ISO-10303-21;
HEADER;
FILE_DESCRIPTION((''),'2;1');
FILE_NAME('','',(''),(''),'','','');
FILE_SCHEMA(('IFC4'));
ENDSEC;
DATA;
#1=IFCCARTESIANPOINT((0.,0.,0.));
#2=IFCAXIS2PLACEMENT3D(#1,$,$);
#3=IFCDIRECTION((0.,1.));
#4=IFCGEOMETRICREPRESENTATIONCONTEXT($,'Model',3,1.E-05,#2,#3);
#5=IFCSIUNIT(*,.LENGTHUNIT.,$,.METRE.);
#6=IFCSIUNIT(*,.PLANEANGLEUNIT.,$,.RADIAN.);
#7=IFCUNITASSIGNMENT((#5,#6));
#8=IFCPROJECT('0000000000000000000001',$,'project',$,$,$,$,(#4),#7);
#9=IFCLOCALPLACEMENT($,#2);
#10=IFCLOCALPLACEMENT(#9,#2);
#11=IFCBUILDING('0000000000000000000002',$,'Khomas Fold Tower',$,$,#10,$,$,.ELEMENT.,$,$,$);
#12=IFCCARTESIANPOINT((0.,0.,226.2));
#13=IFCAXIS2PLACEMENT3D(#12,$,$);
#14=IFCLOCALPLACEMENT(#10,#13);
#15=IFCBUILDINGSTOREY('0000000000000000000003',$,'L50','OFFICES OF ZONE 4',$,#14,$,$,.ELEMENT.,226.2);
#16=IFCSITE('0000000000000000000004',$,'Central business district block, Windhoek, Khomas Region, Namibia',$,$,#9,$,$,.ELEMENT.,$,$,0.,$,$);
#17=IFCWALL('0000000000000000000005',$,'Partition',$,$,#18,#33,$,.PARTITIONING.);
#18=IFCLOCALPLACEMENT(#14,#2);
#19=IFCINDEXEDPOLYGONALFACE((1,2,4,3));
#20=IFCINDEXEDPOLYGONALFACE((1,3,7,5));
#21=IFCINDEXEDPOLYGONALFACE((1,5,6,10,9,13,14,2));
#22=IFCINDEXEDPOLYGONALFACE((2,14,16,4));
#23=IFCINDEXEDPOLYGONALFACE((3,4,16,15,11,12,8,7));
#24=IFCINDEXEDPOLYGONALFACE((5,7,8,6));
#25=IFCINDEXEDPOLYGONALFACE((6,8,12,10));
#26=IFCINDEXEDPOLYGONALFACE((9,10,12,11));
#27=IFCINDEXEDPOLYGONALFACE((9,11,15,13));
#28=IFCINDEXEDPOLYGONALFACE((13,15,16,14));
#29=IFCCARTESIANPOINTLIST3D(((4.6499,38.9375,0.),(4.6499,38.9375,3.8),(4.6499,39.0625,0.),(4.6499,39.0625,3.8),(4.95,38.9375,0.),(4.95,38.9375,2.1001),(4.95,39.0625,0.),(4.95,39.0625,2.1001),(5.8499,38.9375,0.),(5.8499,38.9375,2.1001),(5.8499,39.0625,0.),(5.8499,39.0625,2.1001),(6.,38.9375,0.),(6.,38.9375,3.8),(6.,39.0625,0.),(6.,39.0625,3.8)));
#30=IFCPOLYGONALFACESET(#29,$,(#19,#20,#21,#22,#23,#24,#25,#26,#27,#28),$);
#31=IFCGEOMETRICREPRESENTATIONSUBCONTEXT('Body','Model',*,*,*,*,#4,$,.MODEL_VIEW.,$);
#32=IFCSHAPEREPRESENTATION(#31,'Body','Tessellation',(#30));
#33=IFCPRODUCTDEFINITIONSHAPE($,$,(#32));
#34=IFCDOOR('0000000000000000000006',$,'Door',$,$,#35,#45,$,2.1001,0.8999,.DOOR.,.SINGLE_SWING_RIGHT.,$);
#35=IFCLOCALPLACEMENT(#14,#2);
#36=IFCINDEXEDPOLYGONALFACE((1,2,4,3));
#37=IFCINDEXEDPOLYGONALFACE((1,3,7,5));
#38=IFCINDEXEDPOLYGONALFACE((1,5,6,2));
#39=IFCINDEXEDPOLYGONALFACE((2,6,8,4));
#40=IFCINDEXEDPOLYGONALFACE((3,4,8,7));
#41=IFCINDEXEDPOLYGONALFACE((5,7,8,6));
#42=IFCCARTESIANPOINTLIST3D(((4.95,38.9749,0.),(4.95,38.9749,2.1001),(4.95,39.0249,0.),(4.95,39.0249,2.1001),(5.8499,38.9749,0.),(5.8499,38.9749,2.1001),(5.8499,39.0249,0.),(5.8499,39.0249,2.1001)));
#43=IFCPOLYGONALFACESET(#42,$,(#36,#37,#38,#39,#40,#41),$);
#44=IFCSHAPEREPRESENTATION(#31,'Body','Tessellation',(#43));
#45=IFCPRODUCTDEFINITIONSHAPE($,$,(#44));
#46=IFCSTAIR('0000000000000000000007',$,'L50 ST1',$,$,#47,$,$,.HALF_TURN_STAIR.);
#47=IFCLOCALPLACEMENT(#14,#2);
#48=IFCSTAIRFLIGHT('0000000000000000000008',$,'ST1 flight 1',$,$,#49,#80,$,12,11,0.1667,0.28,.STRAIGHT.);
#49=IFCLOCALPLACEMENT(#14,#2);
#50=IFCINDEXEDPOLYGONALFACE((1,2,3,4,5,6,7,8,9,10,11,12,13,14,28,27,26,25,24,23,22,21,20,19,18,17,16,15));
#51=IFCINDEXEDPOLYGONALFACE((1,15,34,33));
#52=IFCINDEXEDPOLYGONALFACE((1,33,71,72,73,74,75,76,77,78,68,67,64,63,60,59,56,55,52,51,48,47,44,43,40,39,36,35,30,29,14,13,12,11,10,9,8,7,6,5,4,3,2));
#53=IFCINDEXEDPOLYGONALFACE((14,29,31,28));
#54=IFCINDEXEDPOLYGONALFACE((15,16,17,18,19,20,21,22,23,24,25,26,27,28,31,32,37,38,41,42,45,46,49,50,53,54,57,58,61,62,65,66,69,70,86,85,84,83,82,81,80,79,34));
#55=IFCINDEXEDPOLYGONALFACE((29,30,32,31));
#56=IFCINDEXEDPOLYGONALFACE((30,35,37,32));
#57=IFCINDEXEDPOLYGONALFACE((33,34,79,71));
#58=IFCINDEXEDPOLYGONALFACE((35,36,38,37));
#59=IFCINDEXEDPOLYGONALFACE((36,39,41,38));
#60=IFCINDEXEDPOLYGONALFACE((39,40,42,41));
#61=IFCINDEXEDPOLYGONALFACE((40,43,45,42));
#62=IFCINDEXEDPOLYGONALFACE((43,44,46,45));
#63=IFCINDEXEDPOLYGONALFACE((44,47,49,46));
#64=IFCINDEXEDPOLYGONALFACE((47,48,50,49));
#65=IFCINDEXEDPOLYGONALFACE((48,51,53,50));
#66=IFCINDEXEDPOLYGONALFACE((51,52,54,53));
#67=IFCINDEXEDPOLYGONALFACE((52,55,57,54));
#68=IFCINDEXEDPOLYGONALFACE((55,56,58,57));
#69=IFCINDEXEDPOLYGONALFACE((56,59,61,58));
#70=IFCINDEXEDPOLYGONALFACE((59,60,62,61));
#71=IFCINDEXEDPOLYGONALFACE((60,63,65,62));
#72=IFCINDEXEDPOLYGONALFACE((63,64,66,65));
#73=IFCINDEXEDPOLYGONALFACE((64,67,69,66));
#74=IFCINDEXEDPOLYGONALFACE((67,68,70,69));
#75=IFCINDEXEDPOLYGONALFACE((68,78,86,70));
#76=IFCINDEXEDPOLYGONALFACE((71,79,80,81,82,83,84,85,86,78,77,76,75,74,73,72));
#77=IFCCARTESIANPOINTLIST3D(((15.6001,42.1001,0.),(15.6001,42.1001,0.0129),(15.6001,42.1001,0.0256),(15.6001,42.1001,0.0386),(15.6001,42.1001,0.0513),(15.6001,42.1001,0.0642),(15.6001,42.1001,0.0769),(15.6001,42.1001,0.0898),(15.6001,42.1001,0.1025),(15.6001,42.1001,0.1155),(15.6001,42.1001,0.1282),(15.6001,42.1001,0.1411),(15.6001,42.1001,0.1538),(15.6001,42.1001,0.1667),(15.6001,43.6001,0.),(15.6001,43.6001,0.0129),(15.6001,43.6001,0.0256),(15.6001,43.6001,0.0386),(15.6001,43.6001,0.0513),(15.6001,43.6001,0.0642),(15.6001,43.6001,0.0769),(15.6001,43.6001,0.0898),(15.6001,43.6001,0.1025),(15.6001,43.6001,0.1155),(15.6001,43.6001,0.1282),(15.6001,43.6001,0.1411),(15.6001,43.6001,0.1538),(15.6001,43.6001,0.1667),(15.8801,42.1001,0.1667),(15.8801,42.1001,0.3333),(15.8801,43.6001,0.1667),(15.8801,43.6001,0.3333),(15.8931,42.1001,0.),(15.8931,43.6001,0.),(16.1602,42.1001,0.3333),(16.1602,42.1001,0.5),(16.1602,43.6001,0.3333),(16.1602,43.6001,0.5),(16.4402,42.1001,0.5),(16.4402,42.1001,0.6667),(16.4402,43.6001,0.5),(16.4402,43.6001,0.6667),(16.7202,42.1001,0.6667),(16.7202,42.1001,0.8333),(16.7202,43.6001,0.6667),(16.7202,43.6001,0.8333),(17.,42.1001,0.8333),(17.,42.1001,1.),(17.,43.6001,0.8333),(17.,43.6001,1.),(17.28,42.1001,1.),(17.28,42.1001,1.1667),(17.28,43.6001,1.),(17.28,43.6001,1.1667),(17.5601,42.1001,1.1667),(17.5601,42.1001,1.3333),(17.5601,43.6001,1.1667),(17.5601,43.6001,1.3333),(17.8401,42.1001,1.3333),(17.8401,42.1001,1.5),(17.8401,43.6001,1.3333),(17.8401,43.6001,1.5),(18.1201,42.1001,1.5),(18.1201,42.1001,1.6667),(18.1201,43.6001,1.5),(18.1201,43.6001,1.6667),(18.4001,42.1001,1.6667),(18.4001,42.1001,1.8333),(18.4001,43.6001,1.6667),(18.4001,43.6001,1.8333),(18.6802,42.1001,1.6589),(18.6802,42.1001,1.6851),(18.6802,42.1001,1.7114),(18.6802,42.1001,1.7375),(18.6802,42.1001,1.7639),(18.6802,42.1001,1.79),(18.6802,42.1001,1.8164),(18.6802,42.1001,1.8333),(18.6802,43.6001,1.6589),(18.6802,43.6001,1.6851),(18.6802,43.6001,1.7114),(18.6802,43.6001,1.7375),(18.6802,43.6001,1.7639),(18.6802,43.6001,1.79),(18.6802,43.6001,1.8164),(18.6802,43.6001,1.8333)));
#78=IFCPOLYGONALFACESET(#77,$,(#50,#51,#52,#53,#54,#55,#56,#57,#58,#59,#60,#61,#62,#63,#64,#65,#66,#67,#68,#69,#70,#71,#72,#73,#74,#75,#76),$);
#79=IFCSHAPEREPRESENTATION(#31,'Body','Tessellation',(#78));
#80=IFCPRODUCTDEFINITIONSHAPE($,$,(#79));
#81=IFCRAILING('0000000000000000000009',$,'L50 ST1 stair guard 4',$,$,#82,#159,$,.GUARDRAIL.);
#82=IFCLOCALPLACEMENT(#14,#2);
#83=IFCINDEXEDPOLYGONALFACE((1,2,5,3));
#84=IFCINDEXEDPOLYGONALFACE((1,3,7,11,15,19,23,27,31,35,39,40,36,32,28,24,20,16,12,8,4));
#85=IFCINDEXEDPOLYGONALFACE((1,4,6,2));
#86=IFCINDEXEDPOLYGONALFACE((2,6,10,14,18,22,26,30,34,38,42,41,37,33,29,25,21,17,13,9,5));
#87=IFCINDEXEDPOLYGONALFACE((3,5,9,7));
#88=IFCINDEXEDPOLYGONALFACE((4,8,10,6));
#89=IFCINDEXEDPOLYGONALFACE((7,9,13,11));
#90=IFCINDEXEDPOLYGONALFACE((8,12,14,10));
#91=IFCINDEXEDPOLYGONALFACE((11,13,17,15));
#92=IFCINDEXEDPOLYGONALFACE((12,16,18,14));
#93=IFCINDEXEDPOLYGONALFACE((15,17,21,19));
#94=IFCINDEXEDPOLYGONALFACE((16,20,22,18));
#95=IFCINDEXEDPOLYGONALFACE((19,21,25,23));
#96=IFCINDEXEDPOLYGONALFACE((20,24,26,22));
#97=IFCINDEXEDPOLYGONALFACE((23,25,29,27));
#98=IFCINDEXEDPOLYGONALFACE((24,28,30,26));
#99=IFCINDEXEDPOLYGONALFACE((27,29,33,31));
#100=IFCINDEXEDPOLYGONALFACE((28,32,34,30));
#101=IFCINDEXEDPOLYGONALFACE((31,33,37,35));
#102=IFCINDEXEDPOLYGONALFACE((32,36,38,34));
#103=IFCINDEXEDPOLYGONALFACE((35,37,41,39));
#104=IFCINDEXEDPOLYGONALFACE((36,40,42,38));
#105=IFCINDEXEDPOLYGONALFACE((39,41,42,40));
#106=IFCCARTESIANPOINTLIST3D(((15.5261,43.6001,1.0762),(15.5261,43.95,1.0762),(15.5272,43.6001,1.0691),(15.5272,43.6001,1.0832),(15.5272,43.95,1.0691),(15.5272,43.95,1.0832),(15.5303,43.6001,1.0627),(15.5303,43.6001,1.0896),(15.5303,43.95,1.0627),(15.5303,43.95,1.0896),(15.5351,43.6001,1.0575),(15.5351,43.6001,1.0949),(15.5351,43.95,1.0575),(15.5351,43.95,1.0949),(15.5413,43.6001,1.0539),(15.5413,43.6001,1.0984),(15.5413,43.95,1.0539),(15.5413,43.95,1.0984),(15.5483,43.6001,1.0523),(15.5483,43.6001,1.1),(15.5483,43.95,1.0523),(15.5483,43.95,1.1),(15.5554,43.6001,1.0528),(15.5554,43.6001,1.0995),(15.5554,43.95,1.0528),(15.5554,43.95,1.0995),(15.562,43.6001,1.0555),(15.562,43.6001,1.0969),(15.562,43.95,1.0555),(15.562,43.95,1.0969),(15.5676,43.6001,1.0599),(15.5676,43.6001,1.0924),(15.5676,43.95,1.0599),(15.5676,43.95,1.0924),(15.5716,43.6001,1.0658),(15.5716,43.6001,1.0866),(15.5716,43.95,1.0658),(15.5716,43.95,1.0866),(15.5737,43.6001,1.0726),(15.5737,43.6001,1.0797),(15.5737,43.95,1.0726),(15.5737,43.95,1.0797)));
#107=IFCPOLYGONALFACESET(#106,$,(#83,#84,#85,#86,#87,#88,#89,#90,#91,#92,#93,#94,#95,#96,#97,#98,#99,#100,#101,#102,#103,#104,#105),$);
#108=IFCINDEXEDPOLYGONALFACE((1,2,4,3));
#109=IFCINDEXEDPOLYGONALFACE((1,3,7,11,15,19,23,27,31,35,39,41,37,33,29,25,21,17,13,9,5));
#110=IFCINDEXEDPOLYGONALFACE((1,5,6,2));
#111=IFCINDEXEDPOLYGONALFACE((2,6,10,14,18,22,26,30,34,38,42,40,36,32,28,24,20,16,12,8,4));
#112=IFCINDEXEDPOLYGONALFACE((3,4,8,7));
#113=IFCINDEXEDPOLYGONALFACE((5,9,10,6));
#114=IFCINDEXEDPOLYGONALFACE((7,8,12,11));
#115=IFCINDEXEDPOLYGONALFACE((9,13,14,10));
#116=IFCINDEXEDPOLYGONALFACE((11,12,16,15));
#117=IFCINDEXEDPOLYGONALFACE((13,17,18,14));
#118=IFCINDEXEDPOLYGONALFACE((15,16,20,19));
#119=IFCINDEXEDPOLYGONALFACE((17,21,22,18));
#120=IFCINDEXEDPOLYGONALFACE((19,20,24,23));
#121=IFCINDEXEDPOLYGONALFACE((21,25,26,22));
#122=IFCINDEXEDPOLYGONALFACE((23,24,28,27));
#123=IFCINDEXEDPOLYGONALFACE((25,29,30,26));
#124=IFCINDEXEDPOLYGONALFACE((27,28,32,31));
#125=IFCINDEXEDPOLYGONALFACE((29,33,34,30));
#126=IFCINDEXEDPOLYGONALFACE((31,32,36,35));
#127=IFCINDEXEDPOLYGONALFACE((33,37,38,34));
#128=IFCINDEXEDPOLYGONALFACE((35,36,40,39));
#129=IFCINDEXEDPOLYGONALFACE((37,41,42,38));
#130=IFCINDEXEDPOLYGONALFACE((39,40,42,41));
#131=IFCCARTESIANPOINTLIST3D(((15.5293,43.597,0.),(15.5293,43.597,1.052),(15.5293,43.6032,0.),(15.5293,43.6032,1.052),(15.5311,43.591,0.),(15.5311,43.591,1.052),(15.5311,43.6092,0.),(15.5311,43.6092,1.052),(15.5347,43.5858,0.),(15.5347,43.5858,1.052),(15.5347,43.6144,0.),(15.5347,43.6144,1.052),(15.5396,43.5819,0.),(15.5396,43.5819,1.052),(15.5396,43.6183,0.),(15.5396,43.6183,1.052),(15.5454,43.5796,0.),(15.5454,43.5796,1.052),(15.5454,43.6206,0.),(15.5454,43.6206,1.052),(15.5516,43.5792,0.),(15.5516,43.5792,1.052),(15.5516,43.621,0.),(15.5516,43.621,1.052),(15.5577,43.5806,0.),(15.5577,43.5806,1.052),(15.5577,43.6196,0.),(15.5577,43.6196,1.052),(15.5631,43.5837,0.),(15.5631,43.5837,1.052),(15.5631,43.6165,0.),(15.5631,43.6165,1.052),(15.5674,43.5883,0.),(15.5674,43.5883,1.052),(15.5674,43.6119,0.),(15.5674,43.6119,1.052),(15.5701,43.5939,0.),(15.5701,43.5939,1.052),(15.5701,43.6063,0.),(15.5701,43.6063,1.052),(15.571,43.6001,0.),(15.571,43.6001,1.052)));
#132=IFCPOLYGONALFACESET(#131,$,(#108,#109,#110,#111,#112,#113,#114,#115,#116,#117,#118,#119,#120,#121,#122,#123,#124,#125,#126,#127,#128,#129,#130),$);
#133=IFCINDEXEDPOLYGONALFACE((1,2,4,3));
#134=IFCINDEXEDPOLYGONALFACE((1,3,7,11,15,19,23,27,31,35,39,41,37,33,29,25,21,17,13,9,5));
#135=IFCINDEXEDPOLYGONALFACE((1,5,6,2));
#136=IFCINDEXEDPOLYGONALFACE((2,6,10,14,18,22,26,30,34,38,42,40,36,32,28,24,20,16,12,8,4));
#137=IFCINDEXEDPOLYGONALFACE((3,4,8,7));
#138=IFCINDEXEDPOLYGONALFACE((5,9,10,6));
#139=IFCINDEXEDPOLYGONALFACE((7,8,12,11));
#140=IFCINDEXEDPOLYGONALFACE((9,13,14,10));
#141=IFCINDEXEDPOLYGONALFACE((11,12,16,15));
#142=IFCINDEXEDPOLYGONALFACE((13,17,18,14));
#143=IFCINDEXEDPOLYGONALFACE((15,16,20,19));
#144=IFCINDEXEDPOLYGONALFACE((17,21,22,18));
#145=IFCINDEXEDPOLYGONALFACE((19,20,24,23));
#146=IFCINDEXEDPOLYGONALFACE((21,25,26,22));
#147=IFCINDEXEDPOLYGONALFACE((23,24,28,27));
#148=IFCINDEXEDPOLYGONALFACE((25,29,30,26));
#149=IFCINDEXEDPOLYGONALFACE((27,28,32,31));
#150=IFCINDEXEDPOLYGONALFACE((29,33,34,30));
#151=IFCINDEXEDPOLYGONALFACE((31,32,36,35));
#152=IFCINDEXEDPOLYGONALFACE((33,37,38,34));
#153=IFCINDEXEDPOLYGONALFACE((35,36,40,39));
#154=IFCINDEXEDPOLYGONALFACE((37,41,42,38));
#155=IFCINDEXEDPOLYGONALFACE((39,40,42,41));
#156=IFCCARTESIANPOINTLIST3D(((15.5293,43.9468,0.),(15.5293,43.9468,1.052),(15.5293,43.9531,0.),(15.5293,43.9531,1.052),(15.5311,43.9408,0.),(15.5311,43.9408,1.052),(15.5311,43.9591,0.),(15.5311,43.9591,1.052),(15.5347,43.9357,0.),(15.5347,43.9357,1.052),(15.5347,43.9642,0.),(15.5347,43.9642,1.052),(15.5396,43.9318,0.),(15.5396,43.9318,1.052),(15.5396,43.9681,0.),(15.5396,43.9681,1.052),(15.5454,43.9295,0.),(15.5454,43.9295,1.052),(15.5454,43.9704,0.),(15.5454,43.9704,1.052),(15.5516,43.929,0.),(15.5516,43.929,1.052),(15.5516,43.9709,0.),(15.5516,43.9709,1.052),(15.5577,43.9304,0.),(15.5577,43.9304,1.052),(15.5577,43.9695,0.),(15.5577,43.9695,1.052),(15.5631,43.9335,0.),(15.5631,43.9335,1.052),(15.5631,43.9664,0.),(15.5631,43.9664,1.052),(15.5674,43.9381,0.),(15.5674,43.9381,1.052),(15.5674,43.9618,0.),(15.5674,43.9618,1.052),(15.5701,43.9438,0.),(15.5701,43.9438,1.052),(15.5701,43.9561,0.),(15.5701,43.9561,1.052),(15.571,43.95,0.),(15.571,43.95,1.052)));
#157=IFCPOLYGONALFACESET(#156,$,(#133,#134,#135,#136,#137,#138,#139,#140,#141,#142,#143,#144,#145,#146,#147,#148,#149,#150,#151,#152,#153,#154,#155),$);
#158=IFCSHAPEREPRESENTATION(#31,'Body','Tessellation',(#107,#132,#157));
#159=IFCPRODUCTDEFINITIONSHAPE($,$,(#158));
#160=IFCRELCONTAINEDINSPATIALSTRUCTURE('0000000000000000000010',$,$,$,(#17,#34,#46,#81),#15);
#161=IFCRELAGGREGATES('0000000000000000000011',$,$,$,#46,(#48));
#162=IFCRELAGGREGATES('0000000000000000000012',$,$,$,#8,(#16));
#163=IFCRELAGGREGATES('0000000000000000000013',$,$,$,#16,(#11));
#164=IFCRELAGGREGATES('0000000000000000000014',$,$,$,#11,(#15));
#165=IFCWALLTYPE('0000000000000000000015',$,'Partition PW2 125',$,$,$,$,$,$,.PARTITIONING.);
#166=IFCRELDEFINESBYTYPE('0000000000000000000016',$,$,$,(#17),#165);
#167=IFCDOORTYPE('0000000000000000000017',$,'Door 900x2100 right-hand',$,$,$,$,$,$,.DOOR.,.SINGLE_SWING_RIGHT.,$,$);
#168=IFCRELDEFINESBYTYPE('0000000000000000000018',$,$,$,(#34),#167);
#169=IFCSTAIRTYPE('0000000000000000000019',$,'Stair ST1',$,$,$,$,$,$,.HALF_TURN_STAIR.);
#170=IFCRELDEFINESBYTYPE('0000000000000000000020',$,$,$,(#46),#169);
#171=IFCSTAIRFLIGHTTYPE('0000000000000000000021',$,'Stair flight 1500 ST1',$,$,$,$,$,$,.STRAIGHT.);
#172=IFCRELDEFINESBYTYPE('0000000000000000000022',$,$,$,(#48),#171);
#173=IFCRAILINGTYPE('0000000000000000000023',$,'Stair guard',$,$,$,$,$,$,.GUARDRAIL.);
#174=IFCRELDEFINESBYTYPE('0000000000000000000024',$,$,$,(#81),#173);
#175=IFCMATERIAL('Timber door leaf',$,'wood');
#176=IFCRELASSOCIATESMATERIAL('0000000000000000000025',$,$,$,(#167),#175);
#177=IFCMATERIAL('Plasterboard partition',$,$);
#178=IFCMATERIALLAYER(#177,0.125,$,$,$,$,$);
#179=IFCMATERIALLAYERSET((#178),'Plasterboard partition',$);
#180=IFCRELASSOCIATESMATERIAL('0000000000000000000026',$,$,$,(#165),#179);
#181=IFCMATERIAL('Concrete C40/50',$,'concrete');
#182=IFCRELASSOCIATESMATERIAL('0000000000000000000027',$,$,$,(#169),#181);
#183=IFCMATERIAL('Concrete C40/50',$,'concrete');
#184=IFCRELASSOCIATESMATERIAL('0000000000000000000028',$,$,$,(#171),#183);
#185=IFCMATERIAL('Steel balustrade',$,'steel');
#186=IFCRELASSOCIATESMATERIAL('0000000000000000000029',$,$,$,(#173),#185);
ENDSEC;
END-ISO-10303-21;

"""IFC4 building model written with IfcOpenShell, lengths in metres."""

from ifc_helpers import new_model, si_unit, direction, frame, frame_2d, origin, origin_2d, place, context, subcontext, project, spatial, polyline, rectangle, circle, outline, extrude, source, transform, mapped, material, layer, layer_set, type_object, element, fill, aggregate, save


model = new_model("IFC4")

# Units and contexts
model_context = context("Model", 3, precision=1e-05, world=origin(), true_north=direction((0.0, 1.0)))
body_context = subcontext(model_context, "Body", "Model", "MODEL_VIEW")
ifc_project = project(units=[si_unit("LENGTHUNIT", "METRE"), si_unit("PLANEANGLEUNIT", "RADIAN")], contexts=[model_context])

# Site, building, storey
site_placement = place(None, origin())
site = spatial("IfcSite", under=ifc_project, at=site_placement, Name="Central business district block, Windhoek, Khomas Region, Namibia", CompositionType="ELEMENT", RefElevation=0.0)
building_placement = place(site_placement, origin())
building = spatial("IfcBuilding", under=site, at=building_placement, Name="Khomas Fold Tower", CompositionType="ELEMENT")
storey_placement = place(building_placement, frame((0.0, 0.0, 226.2)))
storey = spatial("IfcBuildingStorey", under=building, at=storey_placement, Name="L50", Description="OFFICES OF ZONE 4", CompositionType="ELEMENT", Elevation=226.2)

# Shared definitions
ifc_material_1 = material(Name="Timber door leaf", Category="wood")
door_type = type_object("IfcDoorType", Name="Door 900x2100 right-hand", OperationType="SINGLE_SWING_RIGHT", PredefinedType="DOOR", material=ifc_material_1)

# Wall, opening, door
ifc_material_2 = material(Name="Plasterboard partition")
ifc_layer_1 = layer(ifc_material_2, 0.125)
ifc_layer_set_1 = layer_set([ifc_layer_1], Name="Plasterboard partition")
wall_type_1 = type_object("IfcWallType", Name="Partition PW2 125", PredefinedType="PARTITIONING", material=ifc_layer_set_1)
shared_shape_1 = source(origin(), body_context, "Body", "SweptSolid", [
    extrude(rectangle(XDim=1.3501, YDim=0.125, at=frame_2d((0.675, 0.0))), origin(), (0.0, 0.0, 1.0), 3.8),
])
wall_1_placement = place(storey_placement, frame((4.6499, 39.0, 0.0), z_axis=(0.0, 0.0, 1.0), x_axis=(1.0, 0.0, 0.0)))
wall_1 = element("IfcWall", 1, at=wall_1_placement, inside=storey, type_object=wall_type_1, Name="Partition", PredefinedType="PARTITIONING", context=body_context, shape_type="MappedRepresentation", body=[
    mapped(shared_shape_1, transform((0.0, 0.0, 0.0))),
])
shared_shape_2 = source(origin(), body_context, "Body", "SweptSolid", [
    extrude(rectangle(XDim=0.8999, YDim=2.1001, at=frame_2d((0.45, 1.05))), frame((0.0, 0.0725, 0.0), z_axis=(0.0, -1.0, 0.0), x_axis=(1.0, 0.0, 0.0)), (0.0, 0.0, 1.0), 0.145),
])
opening_1_placement = place(wall_1_placement, frame((0.3, 0.0, 0.0)))
opening_1 = element("IfcOpeningElement", 2, at=opening_1_placement, cuts=wall_1, PredefinedType="OPENING", context=body_context, shape_type="MappedRepresentation", body=[
    mapped(shared_shape_2, transform((0.0, 0.0, 0.0))),
])
shared_shape_3 = source(origin(), body_context, "Body", "SweptSolid", [
    extrude(rectangle(XDim=0.8999, YDim=2.1001, at=frame_2d((0.45, 1.05))), frame((0.0, 0.0249, 0.0), z_axis=(0.0, -1.0, 0.0), x_axis=(1.0, 0.0, 0.0)), (0.0, 0.0, 1.0), 0.05),
])
door_1_placement = place(opening_1_placement, origin())
door_1 = element("IfcDoor", 3, at=door_1_placement, inside=storey, type_object=door_type, Name="Door", OperationType="SINGLE_SWING_RIGHT", OverallHeight=2.1001, OverallWidth=0.8999, PredefinedType="DOOR", context=body_context, shape_type="MappedRepresentation", body=[
    mapped(shared_shape_3, transform((0.0, 0.0, 0.0))),
])
fill(opening_1, door_1)

# Stair, stair flight
ifc_material_3 = material(Name="Concrete C40/50", Category="concrete")
stair_type = type_object("IfcStairType", Name="Stair ST1", PredefinedType="HALF_TURN_STAIR", material=ifc_material_3)
stair_placement = place(storey_placement, origin())
stair = element("IfcStair", 4, at=stair_placement, inside=storey, type_object=stair_type, Name="L50 ST1", PredefinedType="HALF_TURN_STAIR")
ifc_material_4 = material(Name="Concrete C40/50", Category="concrete")
stair_flight_type = type_object("IfcStairFlightType", Name="Stair flight 1500 ST1", PredefinedType="STRAIGHT", material=ifc_material_4)
shared_shape_4 = source(origin(), body_context, "Body", "SweptSolid", [
    extrude(outline(polyline([(0.0, 0.0), (0.0, 0.0129), (0.0, 0.0256), (0.0, 0.0386), (0.0, 0.0513), (0.0, 0.0642), (0.0, 0.0769), (0.0, 0.0898), (0.0, 0.1025), (0.0, 0.1155), (0.0, 0.1282), (0.0, 0.1411), (0.0, 0.1538), (0.0, 0.1667), (0.28, 0.1667), (0.28, 0.3333), (0.5601, 0.3333), (0.5601, 0.5), (0.8401, 0.5), (0.8401, 0.6667), (1.1201, 0.6667), (1.1201, 0.8333), (1.3999, 0.8333), (1.3999, 1.0), (1.6799, 1.0), (1.6799, 1.1667), (1.96, 1.1667), (1.96, 1.3333), (2.24, 1.3333), (2.24, 1.5), (2.52, 1.5), (2.52, 1.6667), (2.8, 1.6667), (2.8, 1.8333), (3.0801, 1.8333), (3.0801, 2.0), (3.0801, 1.9739), (3.0801, 1.9475), (3.0801, 1.9214), (3.0801, 1.895), (3.0801, 1.8689), (3.0801, 1.8425), (3.0801, 1.8164), (3.0801, 1.79), (3.0801, 1.7639), (3.0801, 1.7375), (3.0801, 1.7114), (3.0801, 1.6851), (3.0801, 1.6589), (0.293, 0.0), (0.0, 0.0)])), frame((0.0, 0.75, 0.0), z_axis=(0.0, -1.0, 0.0), x_axis=(1.0, 0.0, 0.0)), (0.0, 0.0, 1.0), 1.5),
])
stair_flight_placement = place(storey_placement, frame((15.6001, 42.8501, 0.0), z_axis=(0.0, 0.0, 1.0), x_axis=(1.0, 0.0, 0.0)))
stair_flight = element("IfcStairFlight", 5, at=stair_flight_placement, type_object=stair_flight_type, Name="ST1 flight 1", NumberOfRisers=12, NumberOfTreads=11, PredefinedType="STRAIGHT", RiserHeight=0.1667, TreadLength=0.28, context=body_context, shape_type="MappedRepresentation", body=[
    mapped(shared_shape_4, transform((0.0, 0.0, 0.0))),
])
aggregate(stair, [stair_flight])

# Railing
ifc_material_5 = material(Name="Steel balustrade", Category="steel")
railing_type_1 = type_object("IfcRailingType", Name="Stair guard", PredefinedType="GUARDRAIL", material=ifc_material_5)
shared_shape_5 = source(origin(), body_context, "Body", "SweptSolid", [
    extrude(circle(Radius=0.0239, at=origin_2d()), frame((0.0, 0.0, 1.0762), z_axis=(0.0, 1.0, 0.0), x_axis=(-1.0, 0.0, 0.0)), (0.0, 0.0, 1.0), 0.3499),
    extrude(circle(Radius=0.021, at=origin_2d()), origin(), (0.0, 0.0, 1.0), 1.052),
    extrude(circle(Radius=0.021, at=origin_2d()), frame((0.0, 0.3499, 0.0)), (0.0, 0.0, 1.0), 1.052),
])
railing_1_placement = place(storey_placement, frame((15.55, 43.6001, 0.0)))
element("IfcRailing", 6, at=railing_1_placement, inside=storey, type_object=railing_type_1, Name="L50 ST1 stair guard 4", PredefinedType="GUARDRAIL", context=body_context, shape_type="MappedRepresentation", body=[
    mapped(shared_shape_5, transform((0.0, 0.0, 0.0))),
])

save(model, "model.ifc")
